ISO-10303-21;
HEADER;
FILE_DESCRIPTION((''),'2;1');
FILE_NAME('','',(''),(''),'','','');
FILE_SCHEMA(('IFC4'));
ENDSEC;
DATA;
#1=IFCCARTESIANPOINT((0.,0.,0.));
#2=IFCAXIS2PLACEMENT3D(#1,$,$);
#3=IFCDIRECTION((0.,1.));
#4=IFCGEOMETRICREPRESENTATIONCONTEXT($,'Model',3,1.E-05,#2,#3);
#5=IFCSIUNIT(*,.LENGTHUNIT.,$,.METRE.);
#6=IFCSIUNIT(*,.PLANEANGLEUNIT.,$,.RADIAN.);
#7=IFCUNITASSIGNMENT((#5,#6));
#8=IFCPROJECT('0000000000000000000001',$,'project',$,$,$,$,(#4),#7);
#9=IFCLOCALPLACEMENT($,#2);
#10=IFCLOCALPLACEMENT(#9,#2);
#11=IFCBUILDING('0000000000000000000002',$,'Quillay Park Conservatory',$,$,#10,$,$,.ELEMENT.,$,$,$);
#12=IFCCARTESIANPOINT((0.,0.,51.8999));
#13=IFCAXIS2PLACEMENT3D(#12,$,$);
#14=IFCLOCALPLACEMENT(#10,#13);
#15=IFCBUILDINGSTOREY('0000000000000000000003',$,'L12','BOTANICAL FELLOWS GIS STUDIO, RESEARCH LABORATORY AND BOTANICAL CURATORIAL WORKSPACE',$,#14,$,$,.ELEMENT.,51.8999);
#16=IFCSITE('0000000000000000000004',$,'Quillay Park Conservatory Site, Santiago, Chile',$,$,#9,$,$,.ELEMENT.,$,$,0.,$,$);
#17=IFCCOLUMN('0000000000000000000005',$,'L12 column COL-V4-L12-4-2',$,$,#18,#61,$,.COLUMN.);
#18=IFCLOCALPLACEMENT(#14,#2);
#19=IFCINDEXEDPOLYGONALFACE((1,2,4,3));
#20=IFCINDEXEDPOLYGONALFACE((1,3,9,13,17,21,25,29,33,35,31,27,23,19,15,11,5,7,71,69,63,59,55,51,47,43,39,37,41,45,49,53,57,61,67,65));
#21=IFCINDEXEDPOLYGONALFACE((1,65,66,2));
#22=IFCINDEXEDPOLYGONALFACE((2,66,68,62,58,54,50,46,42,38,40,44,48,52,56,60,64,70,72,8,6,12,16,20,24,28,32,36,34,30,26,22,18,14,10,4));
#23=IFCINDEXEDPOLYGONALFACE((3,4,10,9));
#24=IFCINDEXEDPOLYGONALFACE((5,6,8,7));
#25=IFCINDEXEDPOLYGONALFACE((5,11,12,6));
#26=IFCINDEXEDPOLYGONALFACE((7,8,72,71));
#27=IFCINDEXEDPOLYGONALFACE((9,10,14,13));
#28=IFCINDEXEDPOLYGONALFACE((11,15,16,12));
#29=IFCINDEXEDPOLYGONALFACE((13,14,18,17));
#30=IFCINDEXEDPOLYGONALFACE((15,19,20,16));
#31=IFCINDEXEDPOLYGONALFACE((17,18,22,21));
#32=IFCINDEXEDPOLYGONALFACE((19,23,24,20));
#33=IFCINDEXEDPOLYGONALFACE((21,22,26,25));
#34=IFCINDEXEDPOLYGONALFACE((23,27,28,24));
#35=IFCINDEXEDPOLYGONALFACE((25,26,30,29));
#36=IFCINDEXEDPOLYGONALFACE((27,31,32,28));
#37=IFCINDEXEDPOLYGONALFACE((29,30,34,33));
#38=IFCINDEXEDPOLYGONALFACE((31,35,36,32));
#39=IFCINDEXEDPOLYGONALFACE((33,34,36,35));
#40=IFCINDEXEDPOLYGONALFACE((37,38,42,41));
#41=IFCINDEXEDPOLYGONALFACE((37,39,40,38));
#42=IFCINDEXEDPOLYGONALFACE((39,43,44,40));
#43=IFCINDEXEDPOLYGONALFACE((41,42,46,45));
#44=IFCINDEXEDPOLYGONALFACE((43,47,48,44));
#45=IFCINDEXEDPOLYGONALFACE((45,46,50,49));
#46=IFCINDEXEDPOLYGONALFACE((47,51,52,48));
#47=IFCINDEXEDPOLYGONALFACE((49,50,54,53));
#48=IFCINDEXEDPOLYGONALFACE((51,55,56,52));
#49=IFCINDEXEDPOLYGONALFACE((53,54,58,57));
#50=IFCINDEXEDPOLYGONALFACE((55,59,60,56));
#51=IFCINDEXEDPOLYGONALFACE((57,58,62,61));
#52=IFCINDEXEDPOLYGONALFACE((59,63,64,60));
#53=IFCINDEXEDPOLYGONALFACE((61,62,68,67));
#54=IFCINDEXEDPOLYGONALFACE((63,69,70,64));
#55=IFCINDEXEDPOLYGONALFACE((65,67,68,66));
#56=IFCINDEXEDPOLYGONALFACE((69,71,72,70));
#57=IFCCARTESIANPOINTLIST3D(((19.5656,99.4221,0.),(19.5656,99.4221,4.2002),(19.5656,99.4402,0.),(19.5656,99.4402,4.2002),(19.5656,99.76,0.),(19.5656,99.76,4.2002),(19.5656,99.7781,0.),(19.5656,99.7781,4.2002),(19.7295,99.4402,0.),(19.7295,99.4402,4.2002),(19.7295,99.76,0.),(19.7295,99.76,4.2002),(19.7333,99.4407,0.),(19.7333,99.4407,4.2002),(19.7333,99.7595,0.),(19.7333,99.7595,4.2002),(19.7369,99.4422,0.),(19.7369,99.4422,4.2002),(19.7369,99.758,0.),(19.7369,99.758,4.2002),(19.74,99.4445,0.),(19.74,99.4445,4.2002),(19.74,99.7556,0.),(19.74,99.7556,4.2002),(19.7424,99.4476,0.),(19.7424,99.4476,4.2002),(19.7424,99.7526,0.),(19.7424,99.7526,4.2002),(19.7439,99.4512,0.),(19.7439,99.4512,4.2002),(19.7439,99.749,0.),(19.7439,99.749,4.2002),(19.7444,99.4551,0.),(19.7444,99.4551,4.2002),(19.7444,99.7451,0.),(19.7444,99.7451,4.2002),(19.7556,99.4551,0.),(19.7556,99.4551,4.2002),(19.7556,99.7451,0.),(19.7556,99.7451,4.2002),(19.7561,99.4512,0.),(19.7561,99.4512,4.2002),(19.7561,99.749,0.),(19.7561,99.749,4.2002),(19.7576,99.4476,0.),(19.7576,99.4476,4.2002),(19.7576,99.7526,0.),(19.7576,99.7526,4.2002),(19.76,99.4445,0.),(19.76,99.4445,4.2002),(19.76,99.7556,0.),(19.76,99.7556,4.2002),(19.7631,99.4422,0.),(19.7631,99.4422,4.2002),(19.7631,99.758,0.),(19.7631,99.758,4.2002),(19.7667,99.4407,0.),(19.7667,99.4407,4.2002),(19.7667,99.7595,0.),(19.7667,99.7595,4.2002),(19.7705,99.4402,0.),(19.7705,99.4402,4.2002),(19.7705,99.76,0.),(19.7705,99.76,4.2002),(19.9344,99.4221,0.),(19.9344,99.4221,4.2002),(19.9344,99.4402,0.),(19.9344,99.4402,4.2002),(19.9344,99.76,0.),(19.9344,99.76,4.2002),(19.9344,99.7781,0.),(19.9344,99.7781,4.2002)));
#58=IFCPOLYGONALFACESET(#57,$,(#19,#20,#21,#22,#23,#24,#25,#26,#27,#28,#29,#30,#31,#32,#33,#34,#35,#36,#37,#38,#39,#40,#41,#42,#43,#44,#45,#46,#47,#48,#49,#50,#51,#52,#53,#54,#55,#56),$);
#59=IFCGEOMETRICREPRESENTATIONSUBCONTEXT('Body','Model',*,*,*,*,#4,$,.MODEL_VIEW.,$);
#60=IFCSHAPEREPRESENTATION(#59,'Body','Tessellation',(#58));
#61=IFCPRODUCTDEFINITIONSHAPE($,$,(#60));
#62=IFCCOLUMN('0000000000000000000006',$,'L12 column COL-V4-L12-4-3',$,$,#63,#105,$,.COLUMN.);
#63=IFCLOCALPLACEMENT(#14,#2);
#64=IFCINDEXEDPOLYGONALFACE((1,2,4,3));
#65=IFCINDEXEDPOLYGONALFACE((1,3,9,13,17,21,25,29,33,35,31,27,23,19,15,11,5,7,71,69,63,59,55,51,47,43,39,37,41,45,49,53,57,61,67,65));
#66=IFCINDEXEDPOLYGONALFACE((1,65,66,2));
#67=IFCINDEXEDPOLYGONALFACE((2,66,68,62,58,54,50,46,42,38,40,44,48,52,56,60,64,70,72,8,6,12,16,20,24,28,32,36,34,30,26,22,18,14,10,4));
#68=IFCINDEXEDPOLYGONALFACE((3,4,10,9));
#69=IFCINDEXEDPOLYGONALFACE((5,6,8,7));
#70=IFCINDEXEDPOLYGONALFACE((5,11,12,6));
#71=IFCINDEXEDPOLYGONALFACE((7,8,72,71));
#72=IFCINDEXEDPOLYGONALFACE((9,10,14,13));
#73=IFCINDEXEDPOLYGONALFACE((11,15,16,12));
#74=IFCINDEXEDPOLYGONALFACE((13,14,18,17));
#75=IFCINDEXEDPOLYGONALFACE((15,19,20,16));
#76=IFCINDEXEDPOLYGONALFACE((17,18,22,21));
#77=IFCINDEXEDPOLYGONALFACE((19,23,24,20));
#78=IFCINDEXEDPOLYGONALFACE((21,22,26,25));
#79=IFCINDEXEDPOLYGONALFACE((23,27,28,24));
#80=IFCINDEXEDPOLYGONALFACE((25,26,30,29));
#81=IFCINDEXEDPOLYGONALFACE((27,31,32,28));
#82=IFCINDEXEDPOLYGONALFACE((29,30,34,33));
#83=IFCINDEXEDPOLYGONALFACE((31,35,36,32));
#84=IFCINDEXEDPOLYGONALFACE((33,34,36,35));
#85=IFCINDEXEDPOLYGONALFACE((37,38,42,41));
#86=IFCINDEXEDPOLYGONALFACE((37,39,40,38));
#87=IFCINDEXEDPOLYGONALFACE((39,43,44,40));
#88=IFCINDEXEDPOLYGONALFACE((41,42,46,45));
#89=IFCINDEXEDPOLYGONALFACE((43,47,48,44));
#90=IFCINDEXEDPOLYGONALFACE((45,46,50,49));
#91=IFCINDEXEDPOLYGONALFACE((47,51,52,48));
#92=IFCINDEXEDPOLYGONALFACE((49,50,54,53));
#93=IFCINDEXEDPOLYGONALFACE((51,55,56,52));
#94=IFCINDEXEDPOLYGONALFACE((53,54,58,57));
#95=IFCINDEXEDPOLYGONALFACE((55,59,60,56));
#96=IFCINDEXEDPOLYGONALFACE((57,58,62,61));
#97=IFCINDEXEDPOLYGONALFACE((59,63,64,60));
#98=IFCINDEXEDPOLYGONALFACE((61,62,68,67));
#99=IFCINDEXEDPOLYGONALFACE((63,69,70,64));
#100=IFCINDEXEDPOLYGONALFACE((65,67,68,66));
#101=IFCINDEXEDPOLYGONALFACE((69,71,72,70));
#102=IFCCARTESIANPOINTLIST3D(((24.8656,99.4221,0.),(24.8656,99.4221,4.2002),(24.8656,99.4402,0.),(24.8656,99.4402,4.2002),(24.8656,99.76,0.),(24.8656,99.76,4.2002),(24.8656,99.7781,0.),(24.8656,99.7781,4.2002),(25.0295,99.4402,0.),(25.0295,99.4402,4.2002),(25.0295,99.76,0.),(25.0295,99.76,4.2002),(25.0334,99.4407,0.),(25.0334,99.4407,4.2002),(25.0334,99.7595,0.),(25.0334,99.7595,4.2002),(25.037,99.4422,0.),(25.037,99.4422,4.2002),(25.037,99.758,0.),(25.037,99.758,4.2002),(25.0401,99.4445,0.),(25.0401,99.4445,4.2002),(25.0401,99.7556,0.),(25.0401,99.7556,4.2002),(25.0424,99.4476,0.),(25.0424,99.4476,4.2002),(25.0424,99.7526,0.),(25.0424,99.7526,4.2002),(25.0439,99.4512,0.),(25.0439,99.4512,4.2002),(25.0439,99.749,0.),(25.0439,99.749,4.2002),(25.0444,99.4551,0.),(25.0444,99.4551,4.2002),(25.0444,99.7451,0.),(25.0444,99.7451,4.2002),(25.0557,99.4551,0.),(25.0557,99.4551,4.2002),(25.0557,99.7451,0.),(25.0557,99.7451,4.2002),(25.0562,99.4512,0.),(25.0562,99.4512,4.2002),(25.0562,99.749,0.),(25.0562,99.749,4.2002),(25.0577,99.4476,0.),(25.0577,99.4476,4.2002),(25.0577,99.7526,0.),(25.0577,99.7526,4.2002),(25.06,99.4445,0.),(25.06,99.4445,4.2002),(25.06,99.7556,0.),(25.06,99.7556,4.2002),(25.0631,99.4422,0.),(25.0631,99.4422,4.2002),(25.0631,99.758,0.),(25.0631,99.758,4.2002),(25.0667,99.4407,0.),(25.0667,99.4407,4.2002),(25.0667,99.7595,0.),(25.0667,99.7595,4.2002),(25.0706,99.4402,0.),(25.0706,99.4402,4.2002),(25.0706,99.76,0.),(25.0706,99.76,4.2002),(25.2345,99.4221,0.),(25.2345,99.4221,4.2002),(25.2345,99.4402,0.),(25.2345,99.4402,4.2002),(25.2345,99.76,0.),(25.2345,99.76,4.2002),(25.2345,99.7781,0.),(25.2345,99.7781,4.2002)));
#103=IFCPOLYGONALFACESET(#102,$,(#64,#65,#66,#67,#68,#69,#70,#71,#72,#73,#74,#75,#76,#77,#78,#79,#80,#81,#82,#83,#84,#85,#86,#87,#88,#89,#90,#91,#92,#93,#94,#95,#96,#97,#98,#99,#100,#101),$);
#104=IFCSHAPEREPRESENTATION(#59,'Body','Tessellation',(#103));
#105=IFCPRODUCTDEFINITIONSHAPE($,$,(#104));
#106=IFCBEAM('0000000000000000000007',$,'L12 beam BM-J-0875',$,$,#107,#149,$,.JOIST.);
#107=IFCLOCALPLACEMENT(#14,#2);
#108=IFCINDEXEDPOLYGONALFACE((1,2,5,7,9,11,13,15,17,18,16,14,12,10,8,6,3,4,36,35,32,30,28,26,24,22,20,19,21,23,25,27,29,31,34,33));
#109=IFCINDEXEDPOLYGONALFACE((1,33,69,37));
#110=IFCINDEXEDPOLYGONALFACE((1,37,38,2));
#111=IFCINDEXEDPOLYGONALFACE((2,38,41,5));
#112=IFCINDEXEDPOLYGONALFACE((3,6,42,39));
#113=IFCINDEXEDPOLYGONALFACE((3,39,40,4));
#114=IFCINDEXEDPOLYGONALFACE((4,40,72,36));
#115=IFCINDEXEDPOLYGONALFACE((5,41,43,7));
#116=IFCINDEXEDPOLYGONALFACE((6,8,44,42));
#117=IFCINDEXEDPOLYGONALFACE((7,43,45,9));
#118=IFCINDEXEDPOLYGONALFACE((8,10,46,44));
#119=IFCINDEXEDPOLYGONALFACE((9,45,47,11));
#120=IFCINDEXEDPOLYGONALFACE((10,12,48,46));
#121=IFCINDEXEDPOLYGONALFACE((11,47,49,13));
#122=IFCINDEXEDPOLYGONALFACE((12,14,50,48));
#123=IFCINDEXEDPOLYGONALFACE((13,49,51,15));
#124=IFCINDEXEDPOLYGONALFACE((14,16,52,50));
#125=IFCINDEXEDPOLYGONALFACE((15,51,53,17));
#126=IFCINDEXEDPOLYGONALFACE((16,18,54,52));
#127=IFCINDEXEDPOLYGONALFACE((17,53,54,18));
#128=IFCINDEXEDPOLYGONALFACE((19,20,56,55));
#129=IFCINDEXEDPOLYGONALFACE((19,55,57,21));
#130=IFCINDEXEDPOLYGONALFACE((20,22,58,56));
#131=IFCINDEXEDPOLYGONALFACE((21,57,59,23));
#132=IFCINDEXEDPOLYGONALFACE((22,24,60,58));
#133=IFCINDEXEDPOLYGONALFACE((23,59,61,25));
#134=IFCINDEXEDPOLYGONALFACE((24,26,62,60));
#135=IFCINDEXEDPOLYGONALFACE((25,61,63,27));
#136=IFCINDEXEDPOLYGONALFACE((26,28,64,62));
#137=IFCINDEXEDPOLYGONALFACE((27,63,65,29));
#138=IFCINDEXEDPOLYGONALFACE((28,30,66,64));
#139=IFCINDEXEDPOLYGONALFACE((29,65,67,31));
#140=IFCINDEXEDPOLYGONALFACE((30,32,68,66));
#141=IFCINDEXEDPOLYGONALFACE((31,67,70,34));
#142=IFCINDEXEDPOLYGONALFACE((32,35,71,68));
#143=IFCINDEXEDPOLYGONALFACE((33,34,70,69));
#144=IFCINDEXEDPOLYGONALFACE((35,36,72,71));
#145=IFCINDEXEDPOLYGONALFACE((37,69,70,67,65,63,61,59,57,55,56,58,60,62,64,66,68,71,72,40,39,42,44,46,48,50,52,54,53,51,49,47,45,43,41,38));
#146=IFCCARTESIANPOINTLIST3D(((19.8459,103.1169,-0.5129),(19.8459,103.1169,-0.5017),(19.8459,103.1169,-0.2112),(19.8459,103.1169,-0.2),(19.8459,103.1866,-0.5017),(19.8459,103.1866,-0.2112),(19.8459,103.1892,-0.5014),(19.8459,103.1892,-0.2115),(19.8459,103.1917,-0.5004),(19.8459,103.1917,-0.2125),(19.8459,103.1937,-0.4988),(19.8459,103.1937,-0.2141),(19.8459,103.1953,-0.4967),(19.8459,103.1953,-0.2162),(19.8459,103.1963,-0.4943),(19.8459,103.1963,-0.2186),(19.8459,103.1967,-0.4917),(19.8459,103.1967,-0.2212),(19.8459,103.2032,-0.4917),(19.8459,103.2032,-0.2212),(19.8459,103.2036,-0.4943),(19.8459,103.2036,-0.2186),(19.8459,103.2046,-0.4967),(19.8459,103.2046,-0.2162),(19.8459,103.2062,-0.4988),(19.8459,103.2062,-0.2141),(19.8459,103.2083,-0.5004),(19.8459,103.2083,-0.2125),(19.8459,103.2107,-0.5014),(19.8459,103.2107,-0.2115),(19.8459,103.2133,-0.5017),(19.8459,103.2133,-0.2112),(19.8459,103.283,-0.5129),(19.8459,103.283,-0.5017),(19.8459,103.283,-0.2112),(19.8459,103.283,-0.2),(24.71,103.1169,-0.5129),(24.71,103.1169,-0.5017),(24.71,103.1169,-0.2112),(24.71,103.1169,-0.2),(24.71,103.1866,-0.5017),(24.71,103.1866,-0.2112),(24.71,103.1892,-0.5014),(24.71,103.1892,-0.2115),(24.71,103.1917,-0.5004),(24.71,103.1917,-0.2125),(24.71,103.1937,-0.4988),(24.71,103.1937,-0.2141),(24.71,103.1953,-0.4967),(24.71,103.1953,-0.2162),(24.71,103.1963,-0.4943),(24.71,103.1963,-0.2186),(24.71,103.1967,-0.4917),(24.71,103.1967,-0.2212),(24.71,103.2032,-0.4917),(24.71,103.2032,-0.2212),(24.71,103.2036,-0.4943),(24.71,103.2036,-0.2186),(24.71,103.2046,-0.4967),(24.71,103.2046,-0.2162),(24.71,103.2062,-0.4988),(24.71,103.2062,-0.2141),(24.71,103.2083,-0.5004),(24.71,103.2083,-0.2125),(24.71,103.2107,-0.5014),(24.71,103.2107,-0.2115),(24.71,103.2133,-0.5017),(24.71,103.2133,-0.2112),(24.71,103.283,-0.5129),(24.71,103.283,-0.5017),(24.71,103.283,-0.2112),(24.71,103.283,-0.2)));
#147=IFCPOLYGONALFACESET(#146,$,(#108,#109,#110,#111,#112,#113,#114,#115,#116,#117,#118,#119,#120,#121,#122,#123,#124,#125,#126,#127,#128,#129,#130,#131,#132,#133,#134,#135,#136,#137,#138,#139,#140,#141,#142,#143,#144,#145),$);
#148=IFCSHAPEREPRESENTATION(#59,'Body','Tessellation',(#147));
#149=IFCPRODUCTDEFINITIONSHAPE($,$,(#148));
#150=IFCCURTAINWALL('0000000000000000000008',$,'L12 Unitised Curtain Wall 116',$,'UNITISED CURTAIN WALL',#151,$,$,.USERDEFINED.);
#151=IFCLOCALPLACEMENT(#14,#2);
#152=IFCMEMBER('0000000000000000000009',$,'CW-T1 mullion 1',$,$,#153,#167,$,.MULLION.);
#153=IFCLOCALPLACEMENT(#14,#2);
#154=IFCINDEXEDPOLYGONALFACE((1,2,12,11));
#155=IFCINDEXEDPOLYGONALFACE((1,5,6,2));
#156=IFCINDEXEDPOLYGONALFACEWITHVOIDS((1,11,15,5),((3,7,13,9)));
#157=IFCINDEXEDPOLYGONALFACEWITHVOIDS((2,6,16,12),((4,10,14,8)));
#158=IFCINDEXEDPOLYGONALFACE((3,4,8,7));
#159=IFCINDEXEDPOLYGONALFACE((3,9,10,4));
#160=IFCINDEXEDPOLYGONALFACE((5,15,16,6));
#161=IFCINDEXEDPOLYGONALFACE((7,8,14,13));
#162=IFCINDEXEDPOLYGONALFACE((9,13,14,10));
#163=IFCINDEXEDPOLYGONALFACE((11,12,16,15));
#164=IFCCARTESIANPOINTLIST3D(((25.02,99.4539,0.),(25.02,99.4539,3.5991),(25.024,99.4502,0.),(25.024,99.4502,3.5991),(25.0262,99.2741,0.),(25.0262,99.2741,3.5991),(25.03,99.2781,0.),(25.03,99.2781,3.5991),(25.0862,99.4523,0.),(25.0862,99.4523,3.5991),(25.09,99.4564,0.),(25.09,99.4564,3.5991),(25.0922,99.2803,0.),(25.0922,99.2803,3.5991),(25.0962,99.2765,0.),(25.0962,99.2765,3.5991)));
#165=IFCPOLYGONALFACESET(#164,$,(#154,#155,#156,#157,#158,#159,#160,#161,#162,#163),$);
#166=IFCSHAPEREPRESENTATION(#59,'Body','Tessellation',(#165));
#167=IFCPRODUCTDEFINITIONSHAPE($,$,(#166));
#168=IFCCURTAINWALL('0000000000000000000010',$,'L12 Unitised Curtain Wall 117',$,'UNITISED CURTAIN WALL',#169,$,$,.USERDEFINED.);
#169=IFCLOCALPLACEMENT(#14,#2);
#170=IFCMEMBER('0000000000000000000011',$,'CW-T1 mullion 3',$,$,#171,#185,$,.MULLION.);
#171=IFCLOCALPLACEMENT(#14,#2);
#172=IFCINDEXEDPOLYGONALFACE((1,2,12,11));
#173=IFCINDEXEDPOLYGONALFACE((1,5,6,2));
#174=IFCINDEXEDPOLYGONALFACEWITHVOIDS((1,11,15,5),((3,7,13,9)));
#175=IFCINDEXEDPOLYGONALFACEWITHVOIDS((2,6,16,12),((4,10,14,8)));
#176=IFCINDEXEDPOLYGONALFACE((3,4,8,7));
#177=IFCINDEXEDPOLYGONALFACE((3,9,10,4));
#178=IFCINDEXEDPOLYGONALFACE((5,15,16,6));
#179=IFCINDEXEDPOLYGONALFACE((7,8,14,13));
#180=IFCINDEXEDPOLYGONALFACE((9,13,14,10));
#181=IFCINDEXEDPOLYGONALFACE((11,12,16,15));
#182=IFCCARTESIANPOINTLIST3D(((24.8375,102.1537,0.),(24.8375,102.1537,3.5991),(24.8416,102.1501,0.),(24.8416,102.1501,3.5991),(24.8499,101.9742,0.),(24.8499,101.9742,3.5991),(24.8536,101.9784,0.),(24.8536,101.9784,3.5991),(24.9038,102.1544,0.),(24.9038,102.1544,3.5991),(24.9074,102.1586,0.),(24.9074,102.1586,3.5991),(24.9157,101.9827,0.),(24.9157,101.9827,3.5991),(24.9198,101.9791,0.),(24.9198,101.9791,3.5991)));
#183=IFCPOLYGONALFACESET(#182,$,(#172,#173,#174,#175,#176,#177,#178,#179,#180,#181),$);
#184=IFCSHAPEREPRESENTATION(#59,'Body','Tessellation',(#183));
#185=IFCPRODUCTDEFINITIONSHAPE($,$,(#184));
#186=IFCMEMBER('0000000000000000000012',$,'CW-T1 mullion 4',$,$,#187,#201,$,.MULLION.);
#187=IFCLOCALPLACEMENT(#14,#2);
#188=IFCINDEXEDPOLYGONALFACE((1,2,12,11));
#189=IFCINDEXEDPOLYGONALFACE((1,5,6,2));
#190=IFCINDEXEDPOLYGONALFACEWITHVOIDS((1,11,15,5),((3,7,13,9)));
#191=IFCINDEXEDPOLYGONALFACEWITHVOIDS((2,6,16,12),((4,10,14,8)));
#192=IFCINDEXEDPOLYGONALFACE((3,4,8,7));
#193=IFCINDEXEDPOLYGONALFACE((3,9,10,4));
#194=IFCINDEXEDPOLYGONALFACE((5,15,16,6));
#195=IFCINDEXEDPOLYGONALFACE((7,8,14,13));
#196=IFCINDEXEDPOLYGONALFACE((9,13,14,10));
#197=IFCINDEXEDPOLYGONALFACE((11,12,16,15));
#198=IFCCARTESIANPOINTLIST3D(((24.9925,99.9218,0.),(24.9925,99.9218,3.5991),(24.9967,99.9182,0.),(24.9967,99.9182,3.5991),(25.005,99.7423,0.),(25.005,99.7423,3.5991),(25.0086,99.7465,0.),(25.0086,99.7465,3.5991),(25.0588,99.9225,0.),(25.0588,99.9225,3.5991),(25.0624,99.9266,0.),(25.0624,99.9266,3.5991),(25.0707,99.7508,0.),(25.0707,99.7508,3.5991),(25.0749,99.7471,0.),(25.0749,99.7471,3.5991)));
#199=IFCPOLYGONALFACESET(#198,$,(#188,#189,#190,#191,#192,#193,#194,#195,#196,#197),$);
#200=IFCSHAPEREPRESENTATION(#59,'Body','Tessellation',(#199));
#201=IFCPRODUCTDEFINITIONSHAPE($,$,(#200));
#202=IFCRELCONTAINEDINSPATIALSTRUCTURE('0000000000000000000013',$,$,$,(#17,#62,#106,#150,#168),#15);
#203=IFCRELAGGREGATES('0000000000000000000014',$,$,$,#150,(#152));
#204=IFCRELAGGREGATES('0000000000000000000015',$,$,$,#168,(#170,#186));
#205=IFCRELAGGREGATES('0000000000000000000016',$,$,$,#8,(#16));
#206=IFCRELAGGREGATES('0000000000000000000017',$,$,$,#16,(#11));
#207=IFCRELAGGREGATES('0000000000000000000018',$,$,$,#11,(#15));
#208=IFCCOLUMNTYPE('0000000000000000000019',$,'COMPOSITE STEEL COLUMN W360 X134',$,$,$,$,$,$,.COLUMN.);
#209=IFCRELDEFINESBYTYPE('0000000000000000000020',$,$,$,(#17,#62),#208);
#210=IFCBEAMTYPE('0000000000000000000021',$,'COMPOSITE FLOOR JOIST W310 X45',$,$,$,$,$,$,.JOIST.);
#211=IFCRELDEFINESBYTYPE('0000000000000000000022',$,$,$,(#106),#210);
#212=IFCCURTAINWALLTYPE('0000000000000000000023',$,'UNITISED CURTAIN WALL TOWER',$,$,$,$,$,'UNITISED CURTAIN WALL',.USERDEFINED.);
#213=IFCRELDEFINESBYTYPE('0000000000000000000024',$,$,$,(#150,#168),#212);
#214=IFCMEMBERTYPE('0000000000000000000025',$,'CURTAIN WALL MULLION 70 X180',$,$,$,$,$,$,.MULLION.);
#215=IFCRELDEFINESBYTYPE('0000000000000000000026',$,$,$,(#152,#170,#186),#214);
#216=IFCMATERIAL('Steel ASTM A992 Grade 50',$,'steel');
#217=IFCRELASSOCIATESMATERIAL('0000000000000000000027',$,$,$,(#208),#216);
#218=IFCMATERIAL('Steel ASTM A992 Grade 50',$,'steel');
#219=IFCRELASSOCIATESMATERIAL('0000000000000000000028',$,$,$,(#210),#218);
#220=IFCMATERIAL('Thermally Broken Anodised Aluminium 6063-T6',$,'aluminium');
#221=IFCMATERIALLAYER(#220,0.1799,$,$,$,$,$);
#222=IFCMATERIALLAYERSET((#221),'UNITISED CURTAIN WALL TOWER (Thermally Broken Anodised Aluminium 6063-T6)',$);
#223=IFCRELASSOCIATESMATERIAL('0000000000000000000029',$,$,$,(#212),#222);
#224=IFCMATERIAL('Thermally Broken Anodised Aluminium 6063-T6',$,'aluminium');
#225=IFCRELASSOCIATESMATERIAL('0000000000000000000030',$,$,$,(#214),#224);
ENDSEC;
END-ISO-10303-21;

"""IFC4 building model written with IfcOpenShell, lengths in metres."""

from ifc_helpers import new_model, si_unit, direction, frame, origin, origin_2d, place, context, subcontext, project, spatial, hollow_rectangle, i_section, extrude, material, layer, layer_set, material_profile, profile_set, type_object, element, aggregate, save


model = new_model("IFC4")

# Units and contexts
model_context = context("Model", 3, precision=1e-05, world=origin(), true_north=direction((0.0, 1.0)))
body_context = subcontext(model_context, "Body", "Model", "MODEL_VIEW")
ifc_project = project(units=[si_unit("LENGTHUNIT", "METRE"), si_unit("PLANEANGLEUNIT", "RADIAN")], contexts=[model_context])

# Site, building, storey
site_placement = place(None, origin())
site = spatial("IfcSite", under=ifc_project, at=site_placement, Name="Quillay Park Conservatory Site, Santiago, Chile", CompositionType="ELEMENT", RefElevation=0.0)
building_placement = place(site_placement, origin())
building = spatial("IfcBuilding", under=site, at=building_placement, Name="Quillay Park Conservatory", CompositionType="ELEMENT")
storey_placement = place(building_placement, frame((0.0, 0.0, 51.8999)))
storey = spatial("IfcBuildingStorey", under=building, at=storey_placement, Name="L12", Description="BOTANICAL FELLOWS GIS STUDIO, RESEARCH LABORATORY AND BOTANICAL CURATORIAL WORKSPACE", CompositionType="ELEMENT", Elevation=51.8999)

# Columns
ifc_material_1 = material(Name="Steel ASTM A992 Grade 50", Category="steel")
ifc_material_profile_1 = material_profile(ifc_material_1, i_section(OverallWidth=0.3689, OverallDepth=0.356, WebThickness=0.0112, FlangeThickness=0.0181, FilletRadius=0.0149, at=origin_2d()), Name="W360x134")
ifc_profile_set_1 = profile_set([ifc_material_profile_1], Name="Steel ASTM A992 Grade 50")
column_type = type_object("IfcColumnType", Name="COMPOSITE STEEL COLUMN W360 X134", PredefinedType="COLUMN", material=ifc_profile_set_1)
for number, where, z_axis, x_axis, name in (
    (1, (19.75, 99.6001, 0.0), (0.0, 0.0, 1.0), (1.0, 0.0, 0.0), "L12 column COL-V4-L12-4-2"),
    (2, (25.05, 99.6001, 0.0), (0.0, 0.0, 1.0), (1.0, 0.0, 0.0), "L12 column COL-V4-L12-4-3"),
):
    element("IfcColumn", number, at=place(storey_placement, frame(where, z_axis=z_axis, x_axis=x_axis)), inside=storey, type_object=column_type, Name=name, PredefinedType="COLUMN", context=body_context, shape_type="SweptSolid", body=[
        extrude(i_section(OverallWidth=0.3689, OverallDepth=0.356, WebThickness=0.0112, FlangeThickness=0.0181, FilletRadius=0.0149, at=origin_2d()), origin(), (0.0, 0.0, 1.0), 4.2002),
    ])

# Beam
ifc_material_2 = material(Name="Steel ASTM A992 Grade 50", Category="steel")
ifc_material_profile_2 = material_profile(ifc_material_2, i_section(OverallWidth=0.166, OverallDepth=0.313, WebThickness=0.0066, FlangeThickness=0.0112, FilletRadius=0.01, at=origin_2d()), Name="W310x45")
ifc_profile_set_2 = profile_set([ifc_material_profile_2], Name="Steel ASTM A992 Grade 50")
beam_type_1 = type_object("IfcBeamType", Name="COMPOSITE FLOOR JOIST W310 X45", PredefinedType="JOIST", material=ifc_profile_set_2)
beam_1_placement = place(storey_placement, frame((19.8459, 103.2, -0.3564), z_axis=(1.0, 0.0, 0.0), x_axis=(0.0, 1.0, 0.0)))
element("IfcBeam", 3, at=beam_1_placement, inside=storey, type_object=beam_type_1, Name="L12 beam BM-J-0875", PredefinedType="JOIST", context=body_context, shape_type="SweptSolid", body=[
    extrude(i_section(OverallWidth=0.166, OverallDepth=0.313, WebThickness=0.0066, FlangeThickness=0.0112, FilletRadius=0.01, at=origin_2d()), origin(), (0.0, 0.0, 1.0), 4.864),
])

# Curtain wall, member
ifc_material_3 = material(Name="Thermally Broken Anodised Aluminium 6063-T6", Category="aluminium")
ifc_layer_1 = layer(ifc_material_3, 0.1799)
ifc_layer_set_1 = layer_set([ifc_layer_1], Name="UNITISED CURTAIN WALL TOWER (Thermally Broken Anodised Aluminium 6063-T6)")
curtain_wall_type = type_object("IfcCurtainWallType", Name="UNITISED CURTAIN WALL TOWER", ElementType="UNITISED CURTAIN WALL", PredefinedType="USERDEFINED", material=ifc_layer_set_1)
curtain_wall_1_placement = place(storey_placement, origin())
curtain_wall_1 = element("IfcCurtainWall", 4, at=curtain_wall_1_placement, inside=storey, type_object=curtain_wall_type, Name="L12 Unitised Curtain Wall 116", ObjectType="UNITISED CURTAIN WALL", PredefinedType="USERDEFINED")
ifc_material_4 = material(Name="Thermally Broken Anodised Aluminium 6063-T6", Category="aluminium")
ifc_material_profile_3 = material_profile(ifc_material_4, hollow_rectangle(XDim=0.0701, YDim=0.1799, WallThickness=0.0039, at=origin_2d()), Name="AL70x180x4")
ifc_profile_set_3 = profile_set([ifc_material_profile_3], Name="Thermally Broken Anodised Aluminium 6063-T6")
member_type_1 = type_object("IfcMemberType", Name="CURTAIN WALL MULLION 70 X180", PredefinedType="MULLION", material=ifc_profile_set_3)
member_1_placement = place(storey_placement, frame((25.0581, 99.3652, 0.0), z_axis=(0.0, 0.0, 1.0), x_axis=(0.999397, 0.034713, 0.0)))
member_1 = element("IfcMember", 5, at=member_1_placement, type_object=member_type_1, Name="CW-T1 mullion 1", PredefinedType="MULLION", context=body_context, shape_type="SweptSolid", body=[
    extrude(hollow_rectangle(XDim=0.0701, YDim=0.1799, WallThickness=0.0039, at=origin_2d()), origin(), (0.0, 0.0, 1.0), 3.5991),
])

# Curtain wall, members
curtain_wall_2_placement = place(storey_placement, origin())
curtain_wall_2 = element("IfcCurtainWall", 6, at=curtain_wall_2_placement, inside=storey, type_object=curtain_wall_type, Name="L12 Unitised Curtain Wall 117", ObjectType="UNITISED CURTAIN WALL", PredefinedType="USERDEFINED")
member_2_placement = place(storey_placement, frame((24.8787, 102.0664, 0.0), z_axis=(0.0, 0.0, 1.0), x_axis=(0.997598, 0.069264, 0.0)))
member_2 = element("IfcMember", 7, at=member_2_placement, type_object=member_type_1, Name="CW-T1 mullion 3", PredefinedType="MULLION", context=body_context, shape_type="SweptSolid", body=[
    extrude(hollow_rectangle(XDim=0.0701, YDim=0.1799, WallThickness=0.0039, at=origin_2d()), origin(), (0.0, 0.0, 1.0), 3.5991),
])
member_3_placement = place(storey_placement, frame((25.0337, 99.8345, 0.0), z_axis=(0.0, 0.0, 1.0), x_axis=(0.997598, 0.069264, 0.0)))
member_3 = element("IfcMember", 8, at=member_3_placement, type_object=member_type_1, Name="CW-T1 mullion 4", PredefinedType="MULLION", context=body_context, shape_type="SweptSolid", body=[
    extrude(hollow_rectangle(XDim=0.0701, YDim=0.1799, WallThickness=0.0039, at=origin_2d()), origin(), (0.0, 0.0, 1.0), 3.5991),
])

aggregate(curtain_wall_1, [member_1])

aggregate(curtain_wall_2, [member_2, member_3])

save(model, "model.ifc")
